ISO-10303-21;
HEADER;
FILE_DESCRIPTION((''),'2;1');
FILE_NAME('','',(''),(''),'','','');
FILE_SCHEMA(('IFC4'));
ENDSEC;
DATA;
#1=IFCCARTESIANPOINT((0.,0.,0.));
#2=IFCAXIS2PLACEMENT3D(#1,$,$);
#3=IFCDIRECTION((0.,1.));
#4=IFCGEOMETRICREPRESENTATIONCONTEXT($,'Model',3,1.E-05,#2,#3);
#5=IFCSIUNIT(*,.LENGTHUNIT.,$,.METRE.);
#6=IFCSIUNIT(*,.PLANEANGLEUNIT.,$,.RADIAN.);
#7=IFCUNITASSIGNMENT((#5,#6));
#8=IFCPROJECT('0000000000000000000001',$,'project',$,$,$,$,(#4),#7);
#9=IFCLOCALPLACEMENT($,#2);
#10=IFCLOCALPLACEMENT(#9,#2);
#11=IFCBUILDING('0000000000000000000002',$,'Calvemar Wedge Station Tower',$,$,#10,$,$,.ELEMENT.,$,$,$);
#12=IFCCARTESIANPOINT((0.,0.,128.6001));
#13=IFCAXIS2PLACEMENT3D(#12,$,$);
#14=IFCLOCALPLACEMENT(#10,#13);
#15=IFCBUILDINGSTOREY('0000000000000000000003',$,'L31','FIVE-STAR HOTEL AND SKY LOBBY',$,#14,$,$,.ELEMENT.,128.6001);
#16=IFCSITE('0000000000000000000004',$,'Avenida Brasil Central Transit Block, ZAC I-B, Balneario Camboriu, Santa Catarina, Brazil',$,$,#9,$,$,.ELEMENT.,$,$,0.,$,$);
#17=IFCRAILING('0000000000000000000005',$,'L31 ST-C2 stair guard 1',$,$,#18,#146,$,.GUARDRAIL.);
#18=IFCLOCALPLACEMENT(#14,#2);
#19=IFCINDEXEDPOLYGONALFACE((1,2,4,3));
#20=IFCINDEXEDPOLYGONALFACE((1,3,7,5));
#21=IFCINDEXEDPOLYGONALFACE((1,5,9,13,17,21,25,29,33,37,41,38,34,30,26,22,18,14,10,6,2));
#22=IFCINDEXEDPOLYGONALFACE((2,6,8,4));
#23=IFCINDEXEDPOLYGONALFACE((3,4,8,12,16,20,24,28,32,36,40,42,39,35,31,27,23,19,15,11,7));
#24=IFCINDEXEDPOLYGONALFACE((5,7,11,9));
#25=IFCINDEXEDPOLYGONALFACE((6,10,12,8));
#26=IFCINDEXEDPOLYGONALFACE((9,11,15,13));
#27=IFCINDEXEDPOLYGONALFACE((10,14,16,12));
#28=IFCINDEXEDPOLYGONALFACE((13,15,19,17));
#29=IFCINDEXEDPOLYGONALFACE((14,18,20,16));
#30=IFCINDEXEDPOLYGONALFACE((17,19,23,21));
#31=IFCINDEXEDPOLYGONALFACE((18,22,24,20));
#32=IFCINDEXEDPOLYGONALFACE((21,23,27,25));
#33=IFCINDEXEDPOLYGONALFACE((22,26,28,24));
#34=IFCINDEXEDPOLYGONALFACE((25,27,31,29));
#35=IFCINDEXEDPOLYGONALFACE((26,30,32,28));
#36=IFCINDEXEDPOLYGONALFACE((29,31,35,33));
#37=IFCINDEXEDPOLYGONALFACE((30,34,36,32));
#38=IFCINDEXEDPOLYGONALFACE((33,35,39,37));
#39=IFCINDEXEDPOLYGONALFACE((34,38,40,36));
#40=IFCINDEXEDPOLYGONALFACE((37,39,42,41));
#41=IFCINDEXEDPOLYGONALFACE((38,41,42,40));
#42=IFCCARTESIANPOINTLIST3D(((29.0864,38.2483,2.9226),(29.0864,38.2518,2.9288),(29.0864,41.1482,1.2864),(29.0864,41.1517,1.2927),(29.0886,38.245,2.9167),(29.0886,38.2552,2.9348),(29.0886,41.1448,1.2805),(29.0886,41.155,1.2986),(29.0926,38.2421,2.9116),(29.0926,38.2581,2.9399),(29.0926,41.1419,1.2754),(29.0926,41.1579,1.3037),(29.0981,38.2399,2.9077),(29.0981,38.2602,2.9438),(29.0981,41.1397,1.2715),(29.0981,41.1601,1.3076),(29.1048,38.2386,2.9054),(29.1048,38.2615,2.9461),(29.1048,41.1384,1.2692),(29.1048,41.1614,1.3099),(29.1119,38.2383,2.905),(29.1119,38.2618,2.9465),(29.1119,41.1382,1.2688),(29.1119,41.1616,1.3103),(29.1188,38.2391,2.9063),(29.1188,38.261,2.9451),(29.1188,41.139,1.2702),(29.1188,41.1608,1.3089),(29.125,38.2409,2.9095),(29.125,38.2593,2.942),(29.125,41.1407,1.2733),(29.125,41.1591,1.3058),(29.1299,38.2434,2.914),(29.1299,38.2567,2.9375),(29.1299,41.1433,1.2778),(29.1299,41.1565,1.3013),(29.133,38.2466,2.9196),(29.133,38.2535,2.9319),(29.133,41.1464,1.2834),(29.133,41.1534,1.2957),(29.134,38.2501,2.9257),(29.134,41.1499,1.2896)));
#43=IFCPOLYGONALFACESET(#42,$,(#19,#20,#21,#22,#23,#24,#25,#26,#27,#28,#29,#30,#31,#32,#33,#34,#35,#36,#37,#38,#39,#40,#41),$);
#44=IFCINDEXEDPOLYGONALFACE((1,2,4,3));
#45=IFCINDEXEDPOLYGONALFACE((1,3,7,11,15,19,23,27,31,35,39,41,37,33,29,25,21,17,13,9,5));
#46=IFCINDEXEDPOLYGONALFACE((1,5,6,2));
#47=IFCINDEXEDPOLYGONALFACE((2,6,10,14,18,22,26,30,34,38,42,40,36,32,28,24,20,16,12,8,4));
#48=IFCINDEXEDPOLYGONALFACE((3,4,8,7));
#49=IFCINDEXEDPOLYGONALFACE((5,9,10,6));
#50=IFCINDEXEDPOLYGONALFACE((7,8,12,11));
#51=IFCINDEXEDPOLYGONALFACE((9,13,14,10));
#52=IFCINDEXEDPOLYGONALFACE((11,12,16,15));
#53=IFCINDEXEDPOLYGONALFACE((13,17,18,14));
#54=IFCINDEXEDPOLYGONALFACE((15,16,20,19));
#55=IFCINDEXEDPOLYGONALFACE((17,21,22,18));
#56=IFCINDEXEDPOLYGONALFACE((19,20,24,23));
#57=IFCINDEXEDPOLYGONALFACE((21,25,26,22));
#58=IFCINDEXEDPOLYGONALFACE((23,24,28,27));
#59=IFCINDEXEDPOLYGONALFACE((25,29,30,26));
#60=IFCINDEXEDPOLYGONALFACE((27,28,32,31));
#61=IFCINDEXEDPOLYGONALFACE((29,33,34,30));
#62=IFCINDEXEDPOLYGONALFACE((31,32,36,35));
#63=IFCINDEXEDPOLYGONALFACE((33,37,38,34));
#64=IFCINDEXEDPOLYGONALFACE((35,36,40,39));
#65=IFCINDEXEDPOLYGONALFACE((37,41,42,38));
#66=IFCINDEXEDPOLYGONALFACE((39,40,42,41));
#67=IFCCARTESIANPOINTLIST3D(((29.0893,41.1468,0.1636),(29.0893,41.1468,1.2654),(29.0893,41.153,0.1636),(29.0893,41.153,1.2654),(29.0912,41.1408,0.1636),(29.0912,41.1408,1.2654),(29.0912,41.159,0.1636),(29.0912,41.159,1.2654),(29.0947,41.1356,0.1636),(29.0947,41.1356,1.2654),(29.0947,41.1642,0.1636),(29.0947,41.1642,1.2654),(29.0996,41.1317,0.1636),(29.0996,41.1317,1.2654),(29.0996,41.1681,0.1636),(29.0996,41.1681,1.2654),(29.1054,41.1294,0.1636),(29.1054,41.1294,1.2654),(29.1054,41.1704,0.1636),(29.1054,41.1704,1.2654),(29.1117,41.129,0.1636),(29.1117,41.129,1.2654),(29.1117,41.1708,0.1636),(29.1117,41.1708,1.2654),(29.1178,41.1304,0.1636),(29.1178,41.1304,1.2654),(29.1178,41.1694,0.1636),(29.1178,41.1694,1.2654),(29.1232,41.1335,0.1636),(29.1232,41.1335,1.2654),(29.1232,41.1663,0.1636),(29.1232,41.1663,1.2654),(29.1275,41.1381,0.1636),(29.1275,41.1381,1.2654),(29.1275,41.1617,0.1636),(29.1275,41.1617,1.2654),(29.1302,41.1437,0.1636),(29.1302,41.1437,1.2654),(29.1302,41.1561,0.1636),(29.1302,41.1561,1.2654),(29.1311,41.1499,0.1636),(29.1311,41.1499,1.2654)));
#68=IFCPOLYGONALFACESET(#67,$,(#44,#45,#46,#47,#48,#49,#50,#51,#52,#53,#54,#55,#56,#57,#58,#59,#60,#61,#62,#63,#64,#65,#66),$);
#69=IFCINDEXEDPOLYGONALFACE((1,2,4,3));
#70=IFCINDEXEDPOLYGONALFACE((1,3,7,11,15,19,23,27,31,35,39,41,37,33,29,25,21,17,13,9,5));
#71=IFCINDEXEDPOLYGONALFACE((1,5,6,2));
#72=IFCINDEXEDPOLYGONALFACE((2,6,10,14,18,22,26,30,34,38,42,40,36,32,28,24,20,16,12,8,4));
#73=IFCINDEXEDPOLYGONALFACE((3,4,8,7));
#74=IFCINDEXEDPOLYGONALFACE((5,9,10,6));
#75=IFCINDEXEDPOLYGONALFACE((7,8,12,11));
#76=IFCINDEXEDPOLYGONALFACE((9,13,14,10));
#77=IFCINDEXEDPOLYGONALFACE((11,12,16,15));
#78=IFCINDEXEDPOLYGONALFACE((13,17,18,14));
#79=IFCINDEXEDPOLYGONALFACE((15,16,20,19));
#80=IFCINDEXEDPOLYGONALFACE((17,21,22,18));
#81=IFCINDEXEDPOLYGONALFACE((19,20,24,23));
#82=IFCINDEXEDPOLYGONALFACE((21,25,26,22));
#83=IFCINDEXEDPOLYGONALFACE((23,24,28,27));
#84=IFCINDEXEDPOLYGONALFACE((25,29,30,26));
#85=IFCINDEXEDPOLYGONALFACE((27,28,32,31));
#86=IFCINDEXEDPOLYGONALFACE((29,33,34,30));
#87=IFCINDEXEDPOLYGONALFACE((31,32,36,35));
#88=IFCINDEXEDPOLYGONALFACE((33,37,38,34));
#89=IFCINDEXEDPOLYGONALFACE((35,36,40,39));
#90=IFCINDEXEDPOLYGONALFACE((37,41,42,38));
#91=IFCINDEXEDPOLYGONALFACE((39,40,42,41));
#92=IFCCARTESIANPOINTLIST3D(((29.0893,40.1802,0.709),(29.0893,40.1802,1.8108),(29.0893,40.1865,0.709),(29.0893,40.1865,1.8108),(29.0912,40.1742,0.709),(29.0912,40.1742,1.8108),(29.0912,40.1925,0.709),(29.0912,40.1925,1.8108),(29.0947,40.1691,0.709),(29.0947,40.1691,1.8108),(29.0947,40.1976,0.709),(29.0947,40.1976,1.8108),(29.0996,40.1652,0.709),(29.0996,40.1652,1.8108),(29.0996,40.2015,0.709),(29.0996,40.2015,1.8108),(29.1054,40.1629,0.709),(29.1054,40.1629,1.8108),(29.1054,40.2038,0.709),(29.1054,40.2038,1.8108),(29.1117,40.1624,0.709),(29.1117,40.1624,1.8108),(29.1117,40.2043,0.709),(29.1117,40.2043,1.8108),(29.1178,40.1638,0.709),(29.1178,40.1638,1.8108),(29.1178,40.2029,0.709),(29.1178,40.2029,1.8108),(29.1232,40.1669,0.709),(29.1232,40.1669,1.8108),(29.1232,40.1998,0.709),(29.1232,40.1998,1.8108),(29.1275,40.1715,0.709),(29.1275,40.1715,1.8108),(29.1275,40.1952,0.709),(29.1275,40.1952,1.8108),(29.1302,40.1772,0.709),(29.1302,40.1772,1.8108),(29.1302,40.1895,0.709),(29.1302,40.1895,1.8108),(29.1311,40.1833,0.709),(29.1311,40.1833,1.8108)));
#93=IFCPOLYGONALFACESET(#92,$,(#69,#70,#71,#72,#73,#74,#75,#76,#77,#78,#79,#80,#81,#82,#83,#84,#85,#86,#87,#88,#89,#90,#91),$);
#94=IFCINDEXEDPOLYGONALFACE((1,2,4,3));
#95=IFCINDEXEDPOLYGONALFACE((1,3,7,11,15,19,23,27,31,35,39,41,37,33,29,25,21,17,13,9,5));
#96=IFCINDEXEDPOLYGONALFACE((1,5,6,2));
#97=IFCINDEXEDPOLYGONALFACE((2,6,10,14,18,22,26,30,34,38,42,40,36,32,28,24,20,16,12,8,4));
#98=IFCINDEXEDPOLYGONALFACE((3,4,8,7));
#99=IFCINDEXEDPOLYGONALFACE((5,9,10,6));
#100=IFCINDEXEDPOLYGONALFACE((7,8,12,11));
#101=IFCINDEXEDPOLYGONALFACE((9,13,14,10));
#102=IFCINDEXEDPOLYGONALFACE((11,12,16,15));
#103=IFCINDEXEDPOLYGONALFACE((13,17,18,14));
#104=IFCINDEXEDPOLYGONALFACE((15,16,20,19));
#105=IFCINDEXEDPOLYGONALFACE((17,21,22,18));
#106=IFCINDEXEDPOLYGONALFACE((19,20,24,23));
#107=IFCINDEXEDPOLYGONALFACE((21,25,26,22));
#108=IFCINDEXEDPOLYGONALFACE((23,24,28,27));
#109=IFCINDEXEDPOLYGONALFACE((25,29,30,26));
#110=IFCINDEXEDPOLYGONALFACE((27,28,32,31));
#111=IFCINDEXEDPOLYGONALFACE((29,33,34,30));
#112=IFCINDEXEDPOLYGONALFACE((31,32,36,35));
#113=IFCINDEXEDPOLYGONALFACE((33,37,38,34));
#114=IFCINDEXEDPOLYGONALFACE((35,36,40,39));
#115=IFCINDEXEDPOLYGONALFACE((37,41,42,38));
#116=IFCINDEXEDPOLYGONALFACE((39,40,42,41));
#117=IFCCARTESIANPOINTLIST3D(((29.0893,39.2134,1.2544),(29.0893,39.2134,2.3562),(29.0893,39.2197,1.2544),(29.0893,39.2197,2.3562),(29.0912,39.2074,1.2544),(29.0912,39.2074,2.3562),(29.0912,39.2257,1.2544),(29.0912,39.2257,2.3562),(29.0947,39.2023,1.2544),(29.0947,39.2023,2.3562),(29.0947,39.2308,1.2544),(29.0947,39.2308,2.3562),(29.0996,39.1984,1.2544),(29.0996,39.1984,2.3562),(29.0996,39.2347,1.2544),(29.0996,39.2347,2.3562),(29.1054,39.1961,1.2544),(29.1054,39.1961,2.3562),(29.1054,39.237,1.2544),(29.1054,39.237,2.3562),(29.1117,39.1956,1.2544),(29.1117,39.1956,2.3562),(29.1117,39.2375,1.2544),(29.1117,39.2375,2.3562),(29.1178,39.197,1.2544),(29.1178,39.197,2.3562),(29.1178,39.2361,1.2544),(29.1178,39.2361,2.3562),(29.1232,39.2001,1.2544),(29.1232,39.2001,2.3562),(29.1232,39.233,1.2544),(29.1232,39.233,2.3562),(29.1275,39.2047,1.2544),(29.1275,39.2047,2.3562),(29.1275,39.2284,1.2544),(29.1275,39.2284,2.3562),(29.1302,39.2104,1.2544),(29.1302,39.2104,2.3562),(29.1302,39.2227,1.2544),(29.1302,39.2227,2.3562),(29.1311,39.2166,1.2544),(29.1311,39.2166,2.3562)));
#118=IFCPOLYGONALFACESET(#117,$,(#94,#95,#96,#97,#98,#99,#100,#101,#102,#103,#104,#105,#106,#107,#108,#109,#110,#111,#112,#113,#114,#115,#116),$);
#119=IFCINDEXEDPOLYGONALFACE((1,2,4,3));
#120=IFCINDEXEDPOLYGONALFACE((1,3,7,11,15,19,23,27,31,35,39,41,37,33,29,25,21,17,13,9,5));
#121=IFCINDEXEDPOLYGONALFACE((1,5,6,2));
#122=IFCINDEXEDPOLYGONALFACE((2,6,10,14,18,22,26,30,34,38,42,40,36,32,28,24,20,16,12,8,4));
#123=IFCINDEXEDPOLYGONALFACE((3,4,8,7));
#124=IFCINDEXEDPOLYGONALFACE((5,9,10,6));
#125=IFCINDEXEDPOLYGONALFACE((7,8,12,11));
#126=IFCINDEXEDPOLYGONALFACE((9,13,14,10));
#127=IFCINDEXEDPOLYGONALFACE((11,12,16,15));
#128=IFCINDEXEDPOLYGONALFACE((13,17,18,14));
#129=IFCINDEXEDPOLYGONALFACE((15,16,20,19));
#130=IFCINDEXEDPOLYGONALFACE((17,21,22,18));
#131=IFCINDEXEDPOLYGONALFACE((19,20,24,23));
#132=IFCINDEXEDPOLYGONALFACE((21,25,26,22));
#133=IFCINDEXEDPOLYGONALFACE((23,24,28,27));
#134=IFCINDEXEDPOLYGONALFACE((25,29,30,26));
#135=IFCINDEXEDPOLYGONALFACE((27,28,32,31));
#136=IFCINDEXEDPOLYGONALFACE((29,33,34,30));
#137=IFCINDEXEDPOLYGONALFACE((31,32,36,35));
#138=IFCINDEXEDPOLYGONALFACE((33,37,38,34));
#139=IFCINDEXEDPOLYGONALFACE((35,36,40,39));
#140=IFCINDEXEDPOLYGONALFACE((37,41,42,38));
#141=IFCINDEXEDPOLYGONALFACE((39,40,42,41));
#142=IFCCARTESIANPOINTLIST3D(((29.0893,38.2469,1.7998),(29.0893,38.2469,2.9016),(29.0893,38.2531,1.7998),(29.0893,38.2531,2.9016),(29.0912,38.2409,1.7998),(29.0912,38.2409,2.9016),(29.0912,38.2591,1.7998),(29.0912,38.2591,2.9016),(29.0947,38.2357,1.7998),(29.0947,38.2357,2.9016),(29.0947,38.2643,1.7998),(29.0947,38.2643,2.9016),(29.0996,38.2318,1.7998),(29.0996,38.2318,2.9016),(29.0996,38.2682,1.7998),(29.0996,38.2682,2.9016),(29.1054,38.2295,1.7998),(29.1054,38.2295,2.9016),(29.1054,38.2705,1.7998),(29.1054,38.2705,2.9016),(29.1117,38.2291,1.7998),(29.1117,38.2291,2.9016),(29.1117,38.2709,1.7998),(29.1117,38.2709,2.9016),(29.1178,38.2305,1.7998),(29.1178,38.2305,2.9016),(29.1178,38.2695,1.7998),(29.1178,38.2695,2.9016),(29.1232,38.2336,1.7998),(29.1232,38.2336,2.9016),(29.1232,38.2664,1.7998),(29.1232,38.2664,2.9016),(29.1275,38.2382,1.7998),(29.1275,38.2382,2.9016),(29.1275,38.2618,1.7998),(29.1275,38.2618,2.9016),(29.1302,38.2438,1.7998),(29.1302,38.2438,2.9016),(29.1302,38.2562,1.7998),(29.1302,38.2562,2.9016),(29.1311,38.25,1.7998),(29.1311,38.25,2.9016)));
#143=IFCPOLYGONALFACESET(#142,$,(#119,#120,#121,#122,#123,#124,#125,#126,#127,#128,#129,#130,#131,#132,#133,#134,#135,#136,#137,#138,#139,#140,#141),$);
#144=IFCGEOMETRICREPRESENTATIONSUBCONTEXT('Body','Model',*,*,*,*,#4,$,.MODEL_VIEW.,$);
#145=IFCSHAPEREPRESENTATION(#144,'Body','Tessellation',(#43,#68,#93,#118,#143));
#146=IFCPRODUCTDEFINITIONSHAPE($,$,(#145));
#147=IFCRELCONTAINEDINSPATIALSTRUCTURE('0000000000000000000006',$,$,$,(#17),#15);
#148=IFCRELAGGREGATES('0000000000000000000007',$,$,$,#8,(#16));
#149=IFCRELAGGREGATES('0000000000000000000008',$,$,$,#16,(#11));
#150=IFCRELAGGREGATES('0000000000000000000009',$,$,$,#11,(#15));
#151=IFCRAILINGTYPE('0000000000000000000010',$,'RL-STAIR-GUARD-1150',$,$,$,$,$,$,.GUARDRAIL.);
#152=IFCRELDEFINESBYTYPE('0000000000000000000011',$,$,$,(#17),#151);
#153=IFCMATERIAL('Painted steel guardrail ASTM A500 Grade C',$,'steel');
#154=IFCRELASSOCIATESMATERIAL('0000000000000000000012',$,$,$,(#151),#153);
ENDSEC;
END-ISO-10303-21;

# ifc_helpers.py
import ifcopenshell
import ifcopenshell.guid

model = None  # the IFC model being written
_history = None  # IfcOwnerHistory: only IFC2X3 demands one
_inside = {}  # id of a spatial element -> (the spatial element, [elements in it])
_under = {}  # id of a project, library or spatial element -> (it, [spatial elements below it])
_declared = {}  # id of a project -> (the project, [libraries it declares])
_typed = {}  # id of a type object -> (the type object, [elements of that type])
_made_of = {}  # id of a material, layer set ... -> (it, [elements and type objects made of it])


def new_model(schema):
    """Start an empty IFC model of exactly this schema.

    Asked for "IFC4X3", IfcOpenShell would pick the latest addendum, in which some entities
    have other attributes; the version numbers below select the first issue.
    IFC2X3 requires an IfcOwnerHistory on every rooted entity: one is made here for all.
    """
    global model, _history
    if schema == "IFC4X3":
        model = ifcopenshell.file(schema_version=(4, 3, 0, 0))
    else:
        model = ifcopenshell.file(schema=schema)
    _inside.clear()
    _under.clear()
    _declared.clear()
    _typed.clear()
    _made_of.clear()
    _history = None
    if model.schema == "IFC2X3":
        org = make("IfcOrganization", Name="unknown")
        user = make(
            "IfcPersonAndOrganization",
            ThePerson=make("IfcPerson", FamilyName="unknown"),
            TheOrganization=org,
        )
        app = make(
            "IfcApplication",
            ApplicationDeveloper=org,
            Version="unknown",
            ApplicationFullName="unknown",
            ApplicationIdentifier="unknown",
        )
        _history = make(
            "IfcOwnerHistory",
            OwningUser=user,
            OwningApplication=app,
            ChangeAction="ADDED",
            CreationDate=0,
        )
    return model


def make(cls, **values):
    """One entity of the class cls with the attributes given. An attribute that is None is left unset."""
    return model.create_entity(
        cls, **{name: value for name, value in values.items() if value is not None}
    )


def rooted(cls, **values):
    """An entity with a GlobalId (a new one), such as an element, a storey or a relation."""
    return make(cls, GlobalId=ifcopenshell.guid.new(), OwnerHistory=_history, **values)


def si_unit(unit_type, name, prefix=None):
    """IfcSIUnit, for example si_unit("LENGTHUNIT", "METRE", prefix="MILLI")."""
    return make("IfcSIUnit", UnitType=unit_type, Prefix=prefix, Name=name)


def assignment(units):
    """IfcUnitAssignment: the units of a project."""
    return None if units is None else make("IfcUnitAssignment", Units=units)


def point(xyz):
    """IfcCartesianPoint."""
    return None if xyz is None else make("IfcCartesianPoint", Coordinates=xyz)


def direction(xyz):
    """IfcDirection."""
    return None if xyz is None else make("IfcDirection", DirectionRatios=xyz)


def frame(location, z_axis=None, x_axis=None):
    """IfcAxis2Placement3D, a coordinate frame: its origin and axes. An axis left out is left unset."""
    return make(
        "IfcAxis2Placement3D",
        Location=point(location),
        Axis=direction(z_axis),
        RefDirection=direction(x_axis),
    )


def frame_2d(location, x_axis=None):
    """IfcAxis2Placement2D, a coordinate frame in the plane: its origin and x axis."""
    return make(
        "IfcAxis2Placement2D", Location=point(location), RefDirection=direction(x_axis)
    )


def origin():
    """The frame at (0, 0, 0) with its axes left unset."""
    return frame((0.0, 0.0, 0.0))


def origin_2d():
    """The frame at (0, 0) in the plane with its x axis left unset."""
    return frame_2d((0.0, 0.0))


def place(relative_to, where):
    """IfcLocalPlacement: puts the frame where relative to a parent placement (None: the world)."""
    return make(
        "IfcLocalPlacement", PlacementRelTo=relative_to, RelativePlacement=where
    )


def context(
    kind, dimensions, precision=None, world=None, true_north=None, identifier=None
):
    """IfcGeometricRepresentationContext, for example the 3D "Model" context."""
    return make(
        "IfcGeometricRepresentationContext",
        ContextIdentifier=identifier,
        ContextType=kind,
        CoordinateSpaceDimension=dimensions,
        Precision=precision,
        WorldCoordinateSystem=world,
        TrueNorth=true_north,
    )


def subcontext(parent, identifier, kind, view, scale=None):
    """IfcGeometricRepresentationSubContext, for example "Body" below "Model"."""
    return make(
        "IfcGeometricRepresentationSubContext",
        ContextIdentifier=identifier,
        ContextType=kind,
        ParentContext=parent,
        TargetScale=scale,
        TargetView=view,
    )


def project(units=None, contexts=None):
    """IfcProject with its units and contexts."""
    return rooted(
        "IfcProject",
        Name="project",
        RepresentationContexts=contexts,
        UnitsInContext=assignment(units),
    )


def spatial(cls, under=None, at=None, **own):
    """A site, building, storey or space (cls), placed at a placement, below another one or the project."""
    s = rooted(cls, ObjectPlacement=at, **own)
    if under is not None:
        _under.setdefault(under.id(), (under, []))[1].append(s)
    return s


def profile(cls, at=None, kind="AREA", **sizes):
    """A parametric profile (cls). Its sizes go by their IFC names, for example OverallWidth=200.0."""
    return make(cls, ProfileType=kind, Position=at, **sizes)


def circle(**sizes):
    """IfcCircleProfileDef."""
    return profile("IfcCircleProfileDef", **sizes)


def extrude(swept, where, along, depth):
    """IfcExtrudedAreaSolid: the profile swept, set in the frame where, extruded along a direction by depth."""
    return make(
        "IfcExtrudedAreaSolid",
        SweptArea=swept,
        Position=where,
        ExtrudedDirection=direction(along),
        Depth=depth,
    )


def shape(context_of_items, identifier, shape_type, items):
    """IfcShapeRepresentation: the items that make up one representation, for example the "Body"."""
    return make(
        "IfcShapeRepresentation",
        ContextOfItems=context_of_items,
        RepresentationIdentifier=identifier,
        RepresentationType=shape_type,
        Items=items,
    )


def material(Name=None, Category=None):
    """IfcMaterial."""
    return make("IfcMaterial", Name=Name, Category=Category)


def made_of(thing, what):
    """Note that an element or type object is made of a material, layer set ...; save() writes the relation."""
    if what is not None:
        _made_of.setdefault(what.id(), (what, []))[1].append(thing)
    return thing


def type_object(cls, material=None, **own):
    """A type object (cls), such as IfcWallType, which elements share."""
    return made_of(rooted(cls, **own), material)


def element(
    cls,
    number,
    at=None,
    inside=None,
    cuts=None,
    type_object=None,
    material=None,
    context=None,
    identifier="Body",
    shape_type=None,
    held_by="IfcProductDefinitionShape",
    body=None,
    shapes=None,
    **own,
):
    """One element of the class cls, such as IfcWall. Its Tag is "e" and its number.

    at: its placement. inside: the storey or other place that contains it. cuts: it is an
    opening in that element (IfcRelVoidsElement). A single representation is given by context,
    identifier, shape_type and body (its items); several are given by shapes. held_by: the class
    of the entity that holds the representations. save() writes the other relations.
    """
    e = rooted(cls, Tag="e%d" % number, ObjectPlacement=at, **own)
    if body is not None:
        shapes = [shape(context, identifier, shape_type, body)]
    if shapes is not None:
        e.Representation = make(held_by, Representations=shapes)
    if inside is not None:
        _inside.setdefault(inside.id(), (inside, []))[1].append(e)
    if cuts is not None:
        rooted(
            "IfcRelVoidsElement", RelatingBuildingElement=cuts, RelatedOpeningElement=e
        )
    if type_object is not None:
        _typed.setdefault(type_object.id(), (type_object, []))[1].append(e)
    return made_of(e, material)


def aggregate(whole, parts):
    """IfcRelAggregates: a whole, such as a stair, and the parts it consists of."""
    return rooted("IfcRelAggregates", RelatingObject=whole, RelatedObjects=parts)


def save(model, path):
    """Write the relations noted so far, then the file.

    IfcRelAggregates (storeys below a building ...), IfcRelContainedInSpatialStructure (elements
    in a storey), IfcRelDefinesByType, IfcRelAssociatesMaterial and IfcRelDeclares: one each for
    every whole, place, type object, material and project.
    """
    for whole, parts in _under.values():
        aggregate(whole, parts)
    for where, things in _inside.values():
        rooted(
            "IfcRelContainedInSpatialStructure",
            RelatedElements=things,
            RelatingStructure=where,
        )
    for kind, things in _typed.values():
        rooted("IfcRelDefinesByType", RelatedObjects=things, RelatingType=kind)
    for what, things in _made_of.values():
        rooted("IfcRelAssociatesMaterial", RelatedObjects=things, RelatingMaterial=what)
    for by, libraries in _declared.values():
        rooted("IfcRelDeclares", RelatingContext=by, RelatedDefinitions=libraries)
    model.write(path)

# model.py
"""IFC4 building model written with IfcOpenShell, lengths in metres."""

from ifc_helpers import new_model, si_unit, direction, frame, origin, origin_2d, place, context, subcontext, project, spatial, circle, extrude, material, type_object, element, save


model = new_model("IFC4")

# Units and contexts
model_context = context("Model", 3, precision=1e-05, world=origin(), true_north=direction((0.0, 1.0)))
body_context = subcontext(model_context, "Body", "Model", "MODEL_VIEW")
ifc_project = project(units=[si_unit("LENGTHUNIT", "METRE"), si_unit("PLANEANGLEUNIT", "RADIAN")], contexts=[model_context])

# Site, building, storey
site_placement = place(None, origin())
site = spatial("IfcSite", under=ifc_project, at=site_placement, Name="Avenida Brasil Central Transit Block, ZAC I-B, Balneario Camboriu, Santa Catarina, Brazil", CompositionType="ELEMENT", RefElevation=0.0)
building_placement = place(site_placement, origin())
building = spatial("IfcBuilding", under=site, at=building_placement, Name="Calvemar Wedge Station Tower", CompositionType="ELEMENT")
storey_placement = place(building_placement, frame((0.0, 0.0, 128.6001)))
storey = spatial("IfcBuildingStorey", under=building, at=storey_placement, Name="L31", Description="FIVE-STAR HOTEL AND SKY LOBBY", CompositionType="ELEMENT", Elevation=128.6001)

# Railing
ifc_material_1 = material(Name="Painted steel guardrail ASTM A500 Grade C", Category="steel")
railing_type_1 = type_object("IfcRailingType", Name="RL-STAIR-GUARD-1150", PredefinedType="GUARDRAIL", material=ifc_material_1)
railing_1_placement = place(storey_placement, frame((29.1101, 41.1499, 0.1636)))
element("IfcRailing", 1, at=railing_1_placement, inside=storey, type_object=railing_type_1, Name="L31 ST-C2 stair guard 1", PredefinedType="GUARDRAIL", context=body_context, shape_type="SweptSolid", body=[
    extrude(circle(Radius=0.0239, at=origin_2d()), frame((0.0, 0.0, 1.126), z_axis=(0.0, -0.870929, 0.49141), x_axis=(1.0, 0.0, 0.0)), (0.0, 0.0, 1.0), 3.3296),
    extrude(circle(Radius=0.021, at=origin_2d()), origin(), (0.0, 0.0, 1.0), 1.1018),
    extrude(circle(Radius=0.021, at=origin_2d()), frame((0.0, -0.9666, 0.5454)), (0.0, 0.0, 1.0), 1.1018),
    extrude(circle(Radius=0.021, at=origin_2d()), frame((0.0, -1.9333, 1.0908)), (0.0, 0.0, 1.0), 1.1018),
    extrude(circle(Radius=0.021, at=origin_2d()), frame((0.0, -2.8999, 1.6362)), (0.0, 0.0, 1.0), 1.1018),
])

save(model, "model.ifc")
